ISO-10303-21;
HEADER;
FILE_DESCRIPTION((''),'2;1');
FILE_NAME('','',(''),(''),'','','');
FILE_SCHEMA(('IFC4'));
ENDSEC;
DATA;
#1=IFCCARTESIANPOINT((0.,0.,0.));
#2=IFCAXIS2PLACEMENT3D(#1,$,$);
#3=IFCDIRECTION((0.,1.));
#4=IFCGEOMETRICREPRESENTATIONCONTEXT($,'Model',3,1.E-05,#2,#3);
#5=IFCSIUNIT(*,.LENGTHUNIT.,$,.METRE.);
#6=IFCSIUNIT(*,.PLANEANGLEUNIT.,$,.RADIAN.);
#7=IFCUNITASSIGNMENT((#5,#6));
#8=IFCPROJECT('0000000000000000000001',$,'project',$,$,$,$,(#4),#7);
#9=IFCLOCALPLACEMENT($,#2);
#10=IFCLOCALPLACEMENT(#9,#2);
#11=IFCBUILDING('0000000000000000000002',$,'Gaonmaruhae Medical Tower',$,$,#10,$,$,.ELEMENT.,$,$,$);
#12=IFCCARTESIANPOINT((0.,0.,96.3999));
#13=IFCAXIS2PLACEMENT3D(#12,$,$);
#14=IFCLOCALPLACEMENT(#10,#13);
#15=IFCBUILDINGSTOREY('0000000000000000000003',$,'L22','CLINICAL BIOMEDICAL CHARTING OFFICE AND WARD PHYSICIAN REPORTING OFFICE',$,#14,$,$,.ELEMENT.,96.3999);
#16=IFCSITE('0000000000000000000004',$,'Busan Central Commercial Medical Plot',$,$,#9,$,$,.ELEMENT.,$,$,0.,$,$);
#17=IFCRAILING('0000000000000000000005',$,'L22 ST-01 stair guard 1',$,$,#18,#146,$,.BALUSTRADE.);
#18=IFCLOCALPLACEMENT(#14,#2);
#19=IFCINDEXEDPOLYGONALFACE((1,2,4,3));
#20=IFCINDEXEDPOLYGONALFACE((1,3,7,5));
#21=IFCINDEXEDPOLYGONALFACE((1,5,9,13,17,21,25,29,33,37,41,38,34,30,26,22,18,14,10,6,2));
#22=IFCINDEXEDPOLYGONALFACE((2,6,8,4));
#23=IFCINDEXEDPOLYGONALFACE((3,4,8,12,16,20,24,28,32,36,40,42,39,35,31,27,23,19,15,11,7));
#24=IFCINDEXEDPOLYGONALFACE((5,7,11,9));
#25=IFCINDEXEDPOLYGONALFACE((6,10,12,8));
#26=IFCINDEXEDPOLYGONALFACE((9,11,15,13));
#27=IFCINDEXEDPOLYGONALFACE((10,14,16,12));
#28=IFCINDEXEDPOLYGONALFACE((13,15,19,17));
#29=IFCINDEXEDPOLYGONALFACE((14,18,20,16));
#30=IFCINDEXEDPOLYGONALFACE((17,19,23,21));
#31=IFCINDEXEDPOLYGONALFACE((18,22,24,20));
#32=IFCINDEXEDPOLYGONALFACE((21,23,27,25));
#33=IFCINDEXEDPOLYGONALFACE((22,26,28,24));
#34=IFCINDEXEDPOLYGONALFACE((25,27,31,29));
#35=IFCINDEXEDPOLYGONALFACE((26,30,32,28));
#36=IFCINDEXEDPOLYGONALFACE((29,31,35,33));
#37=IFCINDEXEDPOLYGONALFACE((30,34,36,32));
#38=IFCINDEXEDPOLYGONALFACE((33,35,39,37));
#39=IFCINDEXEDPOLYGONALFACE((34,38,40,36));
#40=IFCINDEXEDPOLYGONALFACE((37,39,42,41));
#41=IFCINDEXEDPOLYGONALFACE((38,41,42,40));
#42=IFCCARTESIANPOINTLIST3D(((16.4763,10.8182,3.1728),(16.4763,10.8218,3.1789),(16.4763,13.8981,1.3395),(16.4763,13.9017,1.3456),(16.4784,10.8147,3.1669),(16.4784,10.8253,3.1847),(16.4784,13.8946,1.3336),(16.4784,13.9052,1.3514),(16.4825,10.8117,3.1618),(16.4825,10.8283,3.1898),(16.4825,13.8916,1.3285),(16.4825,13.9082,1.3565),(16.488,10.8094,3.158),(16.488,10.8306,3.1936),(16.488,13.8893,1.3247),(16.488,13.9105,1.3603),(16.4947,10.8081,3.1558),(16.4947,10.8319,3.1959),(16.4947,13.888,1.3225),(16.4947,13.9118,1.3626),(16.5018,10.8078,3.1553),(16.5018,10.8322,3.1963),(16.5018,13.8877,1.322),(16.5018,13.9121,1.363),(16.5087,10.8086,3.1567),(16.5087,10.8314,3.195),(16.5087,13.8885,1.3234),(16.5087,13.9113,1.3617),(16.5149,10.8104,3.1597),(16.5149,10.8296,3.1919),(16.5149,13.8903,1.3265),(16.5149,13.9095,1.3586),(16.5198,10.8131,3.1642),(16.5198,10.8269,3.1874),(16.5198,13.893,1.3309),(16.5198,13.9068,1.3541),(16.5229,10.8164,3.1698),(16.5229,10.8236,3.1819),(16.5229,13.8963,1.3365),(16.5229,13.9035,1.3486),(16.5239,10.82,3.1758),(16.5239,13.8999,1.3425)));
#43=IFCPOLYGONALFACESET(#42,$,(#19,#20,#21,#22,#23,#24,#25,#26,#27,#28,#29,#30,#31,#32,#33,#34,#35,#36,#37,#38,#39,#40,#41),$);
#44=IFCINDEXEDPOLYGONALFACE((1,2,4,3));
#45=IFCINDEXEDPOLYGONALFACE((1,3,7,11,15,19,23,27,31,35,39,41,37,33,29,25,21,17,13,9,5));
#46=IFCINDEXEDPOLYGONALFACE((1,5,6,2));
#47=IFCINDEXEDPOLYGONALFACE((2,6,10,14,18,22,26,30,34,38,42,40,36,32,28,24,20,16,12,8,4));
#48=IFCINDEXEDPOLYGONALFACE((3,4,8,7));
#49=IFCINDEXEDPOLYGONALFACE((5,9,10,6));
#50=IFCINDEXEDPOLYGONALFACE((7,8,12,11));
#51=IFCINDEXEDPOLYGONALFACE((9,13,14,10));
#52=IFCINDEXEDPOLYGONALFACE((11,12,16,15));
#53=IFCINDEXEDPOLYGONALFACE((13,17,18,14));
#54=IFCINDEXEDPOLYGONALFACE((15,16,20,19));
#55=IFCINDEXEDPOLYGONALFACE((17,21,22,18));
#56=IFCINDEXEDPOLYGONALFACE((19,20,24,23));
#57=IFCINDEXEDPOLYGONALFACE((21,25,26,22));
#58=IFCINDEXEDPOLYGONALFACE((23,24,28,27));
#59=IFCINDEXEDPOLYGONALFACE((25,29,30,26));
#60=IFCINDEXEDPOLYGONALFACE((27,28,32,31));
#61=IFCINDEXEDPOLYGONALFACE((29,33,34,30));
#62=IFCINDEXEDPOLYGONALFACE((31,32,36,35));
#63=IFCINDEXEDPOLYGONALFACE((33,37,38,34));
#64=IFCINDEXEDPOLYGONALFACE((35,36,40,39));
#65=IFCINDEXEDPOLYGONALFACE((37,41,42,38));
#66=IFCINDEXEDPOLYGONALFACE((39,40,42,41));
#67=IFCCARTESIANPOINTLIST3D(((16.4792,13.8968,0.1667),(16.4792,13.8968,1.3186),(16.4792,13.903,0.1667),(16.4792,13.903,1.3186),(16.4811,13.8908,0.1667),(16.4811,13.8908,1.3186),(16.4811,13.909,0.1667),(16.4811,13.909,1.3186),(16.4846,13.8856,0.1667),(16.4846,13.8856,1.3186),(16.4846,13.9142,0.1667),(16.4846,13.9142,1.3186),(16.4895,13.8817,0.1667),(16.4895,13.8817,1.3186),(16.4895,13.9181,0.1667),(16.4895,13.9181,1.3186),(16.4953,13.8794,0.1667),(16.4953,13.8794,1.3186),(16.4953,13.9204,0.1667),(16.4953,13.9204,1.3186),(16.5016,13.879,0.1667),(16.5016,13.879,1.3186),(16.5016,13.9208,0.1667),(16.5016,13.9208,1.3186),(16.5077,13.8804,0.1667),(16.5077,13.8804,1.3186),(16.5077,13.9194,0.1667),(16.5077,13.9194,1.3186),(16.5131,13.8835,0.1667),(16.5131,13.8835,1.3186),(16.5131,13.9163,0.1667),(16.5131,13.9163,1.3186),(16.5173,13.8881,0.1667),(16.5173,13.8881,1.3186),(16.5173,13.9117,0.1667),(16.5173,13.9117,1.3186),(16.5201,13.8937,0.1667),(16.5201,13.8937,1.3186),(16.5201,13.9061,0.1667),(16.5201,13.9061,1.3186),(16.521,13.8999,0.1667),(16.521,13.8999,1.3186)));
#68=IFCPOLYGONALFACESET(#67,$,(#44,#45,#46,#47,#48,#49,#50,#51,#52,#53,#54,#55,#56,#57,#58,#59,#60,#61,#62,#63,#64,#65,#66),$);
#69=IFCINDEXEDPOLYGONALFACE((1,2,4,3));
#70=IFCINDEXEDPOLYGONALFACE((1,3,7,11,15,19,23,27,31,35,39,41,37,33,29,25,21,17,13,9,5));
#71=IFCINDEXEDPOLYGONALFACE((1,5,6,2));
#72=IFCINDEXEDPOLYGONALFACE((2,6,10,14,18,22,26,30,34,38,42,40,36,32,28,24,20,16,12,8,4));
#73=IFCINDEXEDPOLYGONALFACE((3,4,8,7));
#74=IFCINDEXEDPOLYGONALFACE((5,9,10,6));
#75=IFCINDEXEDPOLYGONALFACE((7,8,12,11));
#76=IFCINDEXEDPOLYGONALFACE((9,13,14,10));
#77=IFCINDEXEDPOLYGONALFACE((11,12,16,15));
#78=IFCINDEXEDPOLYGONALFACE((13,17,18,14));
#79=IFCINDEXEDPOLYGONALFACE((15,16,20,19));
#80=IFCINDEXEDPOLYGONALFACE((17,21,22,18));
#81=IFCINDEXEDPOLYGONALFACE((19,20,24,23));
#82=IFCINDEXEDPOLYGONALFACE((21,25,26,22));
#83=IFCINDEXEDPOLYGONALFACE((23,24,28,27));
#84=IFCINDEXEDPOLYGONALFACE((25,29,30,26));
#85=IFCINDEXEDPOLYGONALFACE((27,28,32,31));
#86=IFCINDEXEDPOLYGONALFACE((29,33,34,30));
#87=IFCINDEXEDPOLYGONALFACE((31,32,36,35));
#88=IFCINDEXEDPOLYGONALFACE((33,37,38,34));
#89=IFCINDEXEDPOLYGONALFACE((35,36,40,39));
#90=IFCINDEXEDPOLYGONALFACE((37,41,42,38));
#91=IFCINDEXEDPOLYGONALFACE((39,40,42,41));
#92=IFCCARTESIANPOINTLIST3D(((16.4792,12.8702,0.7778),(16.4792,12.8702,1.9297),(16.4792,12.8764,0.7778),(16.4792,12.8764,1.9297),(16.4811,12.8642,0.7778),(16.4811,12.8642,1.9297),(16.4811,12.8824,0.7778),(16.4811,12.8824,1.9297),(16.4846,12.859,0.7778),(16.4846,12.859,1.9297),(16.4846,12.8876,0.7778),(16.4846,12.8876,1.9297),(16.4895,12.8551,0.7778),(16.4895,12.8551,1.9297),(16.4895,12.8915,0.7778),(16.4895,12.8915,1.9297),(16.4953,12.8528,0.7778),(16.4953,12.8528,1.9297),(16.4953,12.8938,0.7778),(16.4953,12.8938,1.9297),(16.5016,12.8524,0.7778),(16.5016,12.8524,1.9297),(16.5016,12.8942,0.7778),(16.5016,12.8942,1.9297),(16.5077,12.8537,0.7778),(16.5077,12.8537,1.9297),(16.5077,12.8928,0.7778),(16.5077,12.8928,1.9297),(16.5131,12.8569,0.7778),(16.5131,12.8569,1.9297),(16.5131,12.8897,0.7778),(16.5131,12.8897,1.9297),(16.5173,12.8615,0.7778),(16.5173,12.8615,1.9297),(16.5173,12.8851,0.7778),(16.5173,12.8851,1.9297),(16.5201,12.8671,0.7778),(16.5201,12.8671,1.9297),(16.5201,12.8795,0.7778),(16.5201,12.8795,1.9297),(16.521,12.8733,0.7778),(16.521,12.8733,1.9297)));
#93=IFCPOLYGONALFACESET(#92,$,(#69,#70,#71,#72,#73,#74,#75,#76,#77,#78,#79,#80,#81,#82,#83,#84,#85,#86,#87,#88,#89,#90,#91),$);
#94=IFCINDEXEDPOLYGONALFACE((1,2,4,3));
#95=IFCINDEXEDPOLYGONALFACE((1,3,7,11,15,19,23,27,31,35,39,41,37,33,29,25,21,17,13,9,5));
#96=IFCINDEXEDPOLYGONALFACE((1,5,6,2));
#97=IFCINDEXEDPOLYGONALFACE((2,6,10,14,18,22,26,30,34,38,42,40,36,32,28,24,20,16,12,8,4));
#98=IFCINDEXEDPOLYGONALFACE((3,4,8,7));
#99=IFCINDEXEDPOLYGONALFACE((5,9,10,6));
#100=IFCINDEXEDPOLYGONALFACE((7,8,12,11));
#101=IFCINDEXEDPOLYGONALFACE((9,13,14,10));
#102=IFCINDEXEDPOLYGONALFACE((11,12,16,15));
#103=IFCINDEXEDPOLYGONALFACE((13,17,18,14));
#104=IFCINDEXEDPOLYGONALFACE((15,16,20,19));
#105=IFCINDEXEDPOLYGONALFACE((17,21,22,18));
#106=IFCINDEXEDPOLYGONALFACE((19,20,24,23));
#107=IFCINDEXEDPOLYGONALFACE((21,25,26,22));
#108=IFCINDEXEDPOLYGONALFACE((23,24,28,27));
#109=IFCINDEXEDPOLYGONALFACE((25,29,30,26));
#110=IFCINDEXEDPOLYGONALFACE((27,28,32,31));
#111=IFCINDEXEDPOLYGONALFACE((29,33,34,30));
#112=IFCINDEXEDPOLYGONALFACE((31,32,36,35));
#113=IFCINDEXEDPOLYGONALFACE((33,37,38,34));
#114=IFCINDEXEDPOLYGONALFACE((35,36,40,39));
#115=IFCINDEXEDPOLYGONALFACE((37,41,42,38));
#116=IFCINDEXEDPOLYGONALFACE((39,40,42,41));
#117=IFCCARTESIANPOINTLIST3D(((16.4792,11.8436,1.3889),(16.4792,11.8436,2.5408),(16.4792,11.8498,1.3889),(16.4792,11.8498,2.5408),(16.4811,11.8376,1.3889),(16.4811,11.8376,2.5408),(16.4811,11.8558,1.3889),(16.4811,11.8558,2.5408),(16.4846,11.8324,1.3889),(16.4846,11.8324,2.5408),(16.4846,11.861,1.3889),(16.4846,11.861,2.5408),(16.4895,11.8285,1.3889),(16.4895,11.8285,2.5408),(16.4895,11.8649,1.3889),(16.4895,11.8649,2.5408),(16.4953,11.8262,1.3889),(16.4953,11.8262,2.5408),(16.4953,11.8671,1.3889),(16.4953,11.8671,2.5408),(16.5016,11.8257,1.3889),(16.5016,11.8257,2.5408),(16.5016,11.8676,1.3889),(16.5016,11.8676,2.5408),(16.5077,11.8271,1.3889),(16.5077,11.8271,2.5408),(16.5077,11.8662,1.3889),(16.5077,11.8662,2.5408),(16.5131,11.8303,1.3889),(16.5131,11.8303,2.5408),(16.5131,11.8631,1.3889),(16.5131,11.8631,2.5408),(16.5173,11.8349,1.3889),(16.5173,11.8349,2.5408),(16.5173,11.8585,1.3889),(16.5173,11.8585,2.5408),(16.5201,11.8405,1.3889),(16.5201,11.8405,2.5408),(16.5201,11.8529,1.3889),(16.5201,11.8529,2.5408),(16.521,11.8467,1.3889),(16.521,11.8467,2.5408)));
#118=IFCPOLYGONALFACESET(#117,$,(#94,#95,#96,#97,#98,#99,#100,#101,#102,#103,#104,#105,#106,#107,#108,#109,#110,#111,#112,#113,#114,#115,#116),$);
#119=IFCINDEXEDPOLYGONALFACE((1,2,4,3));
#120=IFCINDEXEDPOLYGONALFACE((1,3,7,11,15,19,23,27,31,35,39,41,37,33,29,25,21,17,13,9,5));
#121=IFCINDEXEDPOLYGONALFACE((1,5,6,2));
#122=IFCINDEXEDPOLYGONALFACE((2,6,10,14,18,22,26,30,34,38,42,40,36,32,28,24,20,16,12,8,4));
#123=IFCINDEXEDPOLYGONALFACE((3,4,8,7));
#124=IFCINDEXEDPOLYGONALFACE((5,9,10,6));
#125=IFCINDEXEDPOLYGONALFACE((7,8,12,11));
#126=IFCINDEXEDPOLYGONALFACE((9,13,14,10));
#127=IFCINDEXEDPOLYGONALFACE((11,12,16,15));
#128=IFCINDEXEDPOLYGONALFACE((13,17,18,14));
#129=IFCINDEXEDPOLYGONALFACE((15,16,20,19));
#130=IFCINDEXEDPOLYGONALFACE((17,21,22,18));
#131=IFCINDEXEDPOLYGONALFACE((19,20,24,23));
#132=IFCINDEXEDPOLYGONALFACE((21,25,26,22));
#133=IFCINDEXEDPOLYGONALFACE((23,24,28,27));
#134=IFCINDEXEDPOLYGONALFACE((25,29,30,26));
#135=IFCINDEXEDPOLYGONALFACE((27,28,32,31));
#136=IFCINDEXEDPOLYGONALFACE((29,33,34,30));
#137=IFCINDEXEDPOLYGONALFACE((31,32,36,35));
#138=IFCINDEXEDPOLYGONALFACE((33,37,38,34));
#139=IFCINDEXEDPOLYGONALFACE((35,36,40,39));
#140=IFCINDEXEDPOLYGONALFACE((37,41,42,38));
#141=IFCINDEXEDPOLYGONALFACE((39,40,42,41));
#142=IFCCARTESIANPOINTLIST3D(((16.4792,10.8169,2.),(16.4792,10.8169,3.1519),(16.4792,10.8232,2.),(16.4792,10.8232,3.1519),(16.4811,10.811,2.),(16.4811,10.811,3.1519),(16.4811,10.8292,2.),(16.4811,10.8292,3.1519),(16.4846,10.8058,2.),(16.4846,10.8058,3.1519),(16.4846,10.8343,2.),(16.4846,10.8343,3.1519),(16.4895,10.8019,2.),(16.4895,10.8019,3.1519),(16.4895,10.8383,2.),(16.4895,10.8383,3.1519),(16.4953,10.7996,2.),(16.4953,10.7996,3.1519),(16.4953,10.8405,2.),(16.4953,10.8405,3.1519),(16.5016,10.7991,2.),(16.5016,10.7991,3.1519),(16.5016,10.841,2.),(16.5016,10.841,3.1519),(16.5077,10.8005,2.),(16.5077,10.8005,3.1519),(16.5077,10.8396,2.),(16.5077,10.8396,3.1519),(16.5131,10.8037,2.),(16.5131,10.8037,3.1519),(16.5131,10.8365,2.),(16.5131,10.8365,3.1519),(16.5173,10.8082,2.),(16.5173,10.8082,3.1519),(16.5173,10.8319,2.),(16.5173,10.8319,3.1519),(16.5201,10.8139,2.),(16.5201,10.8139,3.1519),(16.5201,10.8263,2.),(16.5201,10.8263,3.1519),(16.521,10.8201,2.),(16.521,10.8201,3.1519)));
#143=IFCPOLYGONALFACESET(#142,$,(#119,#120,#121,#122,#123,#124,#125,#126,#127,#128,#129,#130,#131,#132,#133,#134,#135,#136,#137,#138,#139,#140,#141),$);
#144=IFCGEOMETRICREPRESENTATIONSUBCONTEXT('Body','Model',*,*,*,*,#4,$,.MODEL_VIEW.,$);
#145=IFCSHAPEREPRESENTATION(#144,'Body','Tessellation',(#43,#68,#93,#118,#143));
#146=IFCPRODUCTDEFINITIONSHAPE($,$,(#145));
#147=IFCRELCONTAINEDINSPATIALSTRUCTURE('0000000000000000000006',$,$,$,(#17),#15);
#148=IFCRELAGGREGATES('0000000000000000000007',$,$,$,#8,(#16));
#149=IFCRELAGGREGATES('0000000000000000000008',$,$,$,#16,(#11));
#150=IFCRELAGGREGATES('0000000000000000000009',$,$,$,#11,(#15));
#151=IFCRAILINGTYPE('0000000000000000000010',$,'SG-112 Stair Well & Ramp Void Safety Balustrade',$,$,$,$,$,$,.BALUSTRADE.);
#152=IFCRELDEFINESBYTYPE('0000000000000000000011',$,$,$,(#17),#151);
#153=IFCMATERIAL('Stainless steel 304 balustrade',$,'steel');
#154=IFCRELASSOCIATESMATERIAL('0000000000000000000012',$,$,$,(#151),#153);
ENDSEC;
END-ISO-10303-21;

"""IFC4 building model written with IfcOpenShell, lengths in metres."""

from ifc_helpers import new_model, si_unit, direction, frame, origin, origin_2d, place, context, subcontext, project, spatial, circle, extrude, material, type_object, element, save


model = new_model("IFC4")

# Units and contexts
model_context = context("Model", 3, precision=1e-05, world=origin(), true_north=direction((0.0, 1.0)))
body_context = subcontext(model_context, "Body", "Model", "MODEL_VIEW")
ifc_project = project(units=[si_unit("LENGTHUNIT", "METRE"), si_unit("PLANEANGLEUNIT", "RADIAN")], contexts=[model_context])

# Site, building, storey
site_placement = place(None, origin())
site = spatial("IfcSite", under=ifc_project, at=site_placement, Name="Busan Central Commercial Medical Plot", CompositionType="ELEMENT", RefElevation=0.0)
building_placement = place(site_placement, origin())
building = spatial("IfcBuilding", under=site, at=building_placement, Name="Gaonmaruhae Medical Tower", CompositionType="ELEMENT")
storey_placement = place(building_placement, frame((0.0, 0.0, 96.3999)))
storey = spatial("IfcBuildingStorey", under=building, at=storey_placement, Name="L22", Description="CLINICAL BIOMEDICAL CHARTING OFFICE AND WARD PHYSICIAN REPORTING OFFICE", CompositionType="ELEMENT", Elevation=96.3999)

# Railing
ifc_material_1 = material(Name="Stainless steel 304 balustrade", Category="steel")
railing_type_1 = type_object("IfcRailingType", Name="SG-112 Stair Well & Ramp Void Safety Balustrade", PredefinedType="BALUSTRADE", material=ifc_material_1)
railing_1_placement = place(storey_placement, frame((16.5, 13.8999, 0.1667)))
element("IfcRailing", 1, at=railing_1_placement, inside=storey, type_object=railing_type_1, Name="L22 ST-01 stair guard 1", PredefinedType="BALUSTRADE", context=body_context, shape_type="SweptSolid", body=[
    extrude(circle(Radius=0.0239, at=origin_2d()), frame((0.0, 0.0, 1.1758), z_axis=(0.0, -0.859291, 0.511487), x_axis=(1.0, 0.0, 0.0)), (0.0, 0.0, 1.0), 3.5842),
    extrude(circle(Radius=0.021, at=origin_2d()), origin(), (0.0, 0.0, 1.0), 1.1519),
    extrude(circle(Radius=0.021, at=origin_2d()), frame((0.0, -1.0266, 0.6111)), (0.0, 0.0, 1.0), 1.1519),
    extrude(circle(Radius=0.021, at=origin_2d()), frame((0.0, -2.0532, 1.2222)), (0.0, 0.0, 1.0), 1.1519),
    extrude(circle(Radius=0.021, at=origin_2d()), frame((0.0, -3.0798, 1.8333)), (0.0, 0.0, 1.0), 1.1519),
])

save(model, "model.ifc")
